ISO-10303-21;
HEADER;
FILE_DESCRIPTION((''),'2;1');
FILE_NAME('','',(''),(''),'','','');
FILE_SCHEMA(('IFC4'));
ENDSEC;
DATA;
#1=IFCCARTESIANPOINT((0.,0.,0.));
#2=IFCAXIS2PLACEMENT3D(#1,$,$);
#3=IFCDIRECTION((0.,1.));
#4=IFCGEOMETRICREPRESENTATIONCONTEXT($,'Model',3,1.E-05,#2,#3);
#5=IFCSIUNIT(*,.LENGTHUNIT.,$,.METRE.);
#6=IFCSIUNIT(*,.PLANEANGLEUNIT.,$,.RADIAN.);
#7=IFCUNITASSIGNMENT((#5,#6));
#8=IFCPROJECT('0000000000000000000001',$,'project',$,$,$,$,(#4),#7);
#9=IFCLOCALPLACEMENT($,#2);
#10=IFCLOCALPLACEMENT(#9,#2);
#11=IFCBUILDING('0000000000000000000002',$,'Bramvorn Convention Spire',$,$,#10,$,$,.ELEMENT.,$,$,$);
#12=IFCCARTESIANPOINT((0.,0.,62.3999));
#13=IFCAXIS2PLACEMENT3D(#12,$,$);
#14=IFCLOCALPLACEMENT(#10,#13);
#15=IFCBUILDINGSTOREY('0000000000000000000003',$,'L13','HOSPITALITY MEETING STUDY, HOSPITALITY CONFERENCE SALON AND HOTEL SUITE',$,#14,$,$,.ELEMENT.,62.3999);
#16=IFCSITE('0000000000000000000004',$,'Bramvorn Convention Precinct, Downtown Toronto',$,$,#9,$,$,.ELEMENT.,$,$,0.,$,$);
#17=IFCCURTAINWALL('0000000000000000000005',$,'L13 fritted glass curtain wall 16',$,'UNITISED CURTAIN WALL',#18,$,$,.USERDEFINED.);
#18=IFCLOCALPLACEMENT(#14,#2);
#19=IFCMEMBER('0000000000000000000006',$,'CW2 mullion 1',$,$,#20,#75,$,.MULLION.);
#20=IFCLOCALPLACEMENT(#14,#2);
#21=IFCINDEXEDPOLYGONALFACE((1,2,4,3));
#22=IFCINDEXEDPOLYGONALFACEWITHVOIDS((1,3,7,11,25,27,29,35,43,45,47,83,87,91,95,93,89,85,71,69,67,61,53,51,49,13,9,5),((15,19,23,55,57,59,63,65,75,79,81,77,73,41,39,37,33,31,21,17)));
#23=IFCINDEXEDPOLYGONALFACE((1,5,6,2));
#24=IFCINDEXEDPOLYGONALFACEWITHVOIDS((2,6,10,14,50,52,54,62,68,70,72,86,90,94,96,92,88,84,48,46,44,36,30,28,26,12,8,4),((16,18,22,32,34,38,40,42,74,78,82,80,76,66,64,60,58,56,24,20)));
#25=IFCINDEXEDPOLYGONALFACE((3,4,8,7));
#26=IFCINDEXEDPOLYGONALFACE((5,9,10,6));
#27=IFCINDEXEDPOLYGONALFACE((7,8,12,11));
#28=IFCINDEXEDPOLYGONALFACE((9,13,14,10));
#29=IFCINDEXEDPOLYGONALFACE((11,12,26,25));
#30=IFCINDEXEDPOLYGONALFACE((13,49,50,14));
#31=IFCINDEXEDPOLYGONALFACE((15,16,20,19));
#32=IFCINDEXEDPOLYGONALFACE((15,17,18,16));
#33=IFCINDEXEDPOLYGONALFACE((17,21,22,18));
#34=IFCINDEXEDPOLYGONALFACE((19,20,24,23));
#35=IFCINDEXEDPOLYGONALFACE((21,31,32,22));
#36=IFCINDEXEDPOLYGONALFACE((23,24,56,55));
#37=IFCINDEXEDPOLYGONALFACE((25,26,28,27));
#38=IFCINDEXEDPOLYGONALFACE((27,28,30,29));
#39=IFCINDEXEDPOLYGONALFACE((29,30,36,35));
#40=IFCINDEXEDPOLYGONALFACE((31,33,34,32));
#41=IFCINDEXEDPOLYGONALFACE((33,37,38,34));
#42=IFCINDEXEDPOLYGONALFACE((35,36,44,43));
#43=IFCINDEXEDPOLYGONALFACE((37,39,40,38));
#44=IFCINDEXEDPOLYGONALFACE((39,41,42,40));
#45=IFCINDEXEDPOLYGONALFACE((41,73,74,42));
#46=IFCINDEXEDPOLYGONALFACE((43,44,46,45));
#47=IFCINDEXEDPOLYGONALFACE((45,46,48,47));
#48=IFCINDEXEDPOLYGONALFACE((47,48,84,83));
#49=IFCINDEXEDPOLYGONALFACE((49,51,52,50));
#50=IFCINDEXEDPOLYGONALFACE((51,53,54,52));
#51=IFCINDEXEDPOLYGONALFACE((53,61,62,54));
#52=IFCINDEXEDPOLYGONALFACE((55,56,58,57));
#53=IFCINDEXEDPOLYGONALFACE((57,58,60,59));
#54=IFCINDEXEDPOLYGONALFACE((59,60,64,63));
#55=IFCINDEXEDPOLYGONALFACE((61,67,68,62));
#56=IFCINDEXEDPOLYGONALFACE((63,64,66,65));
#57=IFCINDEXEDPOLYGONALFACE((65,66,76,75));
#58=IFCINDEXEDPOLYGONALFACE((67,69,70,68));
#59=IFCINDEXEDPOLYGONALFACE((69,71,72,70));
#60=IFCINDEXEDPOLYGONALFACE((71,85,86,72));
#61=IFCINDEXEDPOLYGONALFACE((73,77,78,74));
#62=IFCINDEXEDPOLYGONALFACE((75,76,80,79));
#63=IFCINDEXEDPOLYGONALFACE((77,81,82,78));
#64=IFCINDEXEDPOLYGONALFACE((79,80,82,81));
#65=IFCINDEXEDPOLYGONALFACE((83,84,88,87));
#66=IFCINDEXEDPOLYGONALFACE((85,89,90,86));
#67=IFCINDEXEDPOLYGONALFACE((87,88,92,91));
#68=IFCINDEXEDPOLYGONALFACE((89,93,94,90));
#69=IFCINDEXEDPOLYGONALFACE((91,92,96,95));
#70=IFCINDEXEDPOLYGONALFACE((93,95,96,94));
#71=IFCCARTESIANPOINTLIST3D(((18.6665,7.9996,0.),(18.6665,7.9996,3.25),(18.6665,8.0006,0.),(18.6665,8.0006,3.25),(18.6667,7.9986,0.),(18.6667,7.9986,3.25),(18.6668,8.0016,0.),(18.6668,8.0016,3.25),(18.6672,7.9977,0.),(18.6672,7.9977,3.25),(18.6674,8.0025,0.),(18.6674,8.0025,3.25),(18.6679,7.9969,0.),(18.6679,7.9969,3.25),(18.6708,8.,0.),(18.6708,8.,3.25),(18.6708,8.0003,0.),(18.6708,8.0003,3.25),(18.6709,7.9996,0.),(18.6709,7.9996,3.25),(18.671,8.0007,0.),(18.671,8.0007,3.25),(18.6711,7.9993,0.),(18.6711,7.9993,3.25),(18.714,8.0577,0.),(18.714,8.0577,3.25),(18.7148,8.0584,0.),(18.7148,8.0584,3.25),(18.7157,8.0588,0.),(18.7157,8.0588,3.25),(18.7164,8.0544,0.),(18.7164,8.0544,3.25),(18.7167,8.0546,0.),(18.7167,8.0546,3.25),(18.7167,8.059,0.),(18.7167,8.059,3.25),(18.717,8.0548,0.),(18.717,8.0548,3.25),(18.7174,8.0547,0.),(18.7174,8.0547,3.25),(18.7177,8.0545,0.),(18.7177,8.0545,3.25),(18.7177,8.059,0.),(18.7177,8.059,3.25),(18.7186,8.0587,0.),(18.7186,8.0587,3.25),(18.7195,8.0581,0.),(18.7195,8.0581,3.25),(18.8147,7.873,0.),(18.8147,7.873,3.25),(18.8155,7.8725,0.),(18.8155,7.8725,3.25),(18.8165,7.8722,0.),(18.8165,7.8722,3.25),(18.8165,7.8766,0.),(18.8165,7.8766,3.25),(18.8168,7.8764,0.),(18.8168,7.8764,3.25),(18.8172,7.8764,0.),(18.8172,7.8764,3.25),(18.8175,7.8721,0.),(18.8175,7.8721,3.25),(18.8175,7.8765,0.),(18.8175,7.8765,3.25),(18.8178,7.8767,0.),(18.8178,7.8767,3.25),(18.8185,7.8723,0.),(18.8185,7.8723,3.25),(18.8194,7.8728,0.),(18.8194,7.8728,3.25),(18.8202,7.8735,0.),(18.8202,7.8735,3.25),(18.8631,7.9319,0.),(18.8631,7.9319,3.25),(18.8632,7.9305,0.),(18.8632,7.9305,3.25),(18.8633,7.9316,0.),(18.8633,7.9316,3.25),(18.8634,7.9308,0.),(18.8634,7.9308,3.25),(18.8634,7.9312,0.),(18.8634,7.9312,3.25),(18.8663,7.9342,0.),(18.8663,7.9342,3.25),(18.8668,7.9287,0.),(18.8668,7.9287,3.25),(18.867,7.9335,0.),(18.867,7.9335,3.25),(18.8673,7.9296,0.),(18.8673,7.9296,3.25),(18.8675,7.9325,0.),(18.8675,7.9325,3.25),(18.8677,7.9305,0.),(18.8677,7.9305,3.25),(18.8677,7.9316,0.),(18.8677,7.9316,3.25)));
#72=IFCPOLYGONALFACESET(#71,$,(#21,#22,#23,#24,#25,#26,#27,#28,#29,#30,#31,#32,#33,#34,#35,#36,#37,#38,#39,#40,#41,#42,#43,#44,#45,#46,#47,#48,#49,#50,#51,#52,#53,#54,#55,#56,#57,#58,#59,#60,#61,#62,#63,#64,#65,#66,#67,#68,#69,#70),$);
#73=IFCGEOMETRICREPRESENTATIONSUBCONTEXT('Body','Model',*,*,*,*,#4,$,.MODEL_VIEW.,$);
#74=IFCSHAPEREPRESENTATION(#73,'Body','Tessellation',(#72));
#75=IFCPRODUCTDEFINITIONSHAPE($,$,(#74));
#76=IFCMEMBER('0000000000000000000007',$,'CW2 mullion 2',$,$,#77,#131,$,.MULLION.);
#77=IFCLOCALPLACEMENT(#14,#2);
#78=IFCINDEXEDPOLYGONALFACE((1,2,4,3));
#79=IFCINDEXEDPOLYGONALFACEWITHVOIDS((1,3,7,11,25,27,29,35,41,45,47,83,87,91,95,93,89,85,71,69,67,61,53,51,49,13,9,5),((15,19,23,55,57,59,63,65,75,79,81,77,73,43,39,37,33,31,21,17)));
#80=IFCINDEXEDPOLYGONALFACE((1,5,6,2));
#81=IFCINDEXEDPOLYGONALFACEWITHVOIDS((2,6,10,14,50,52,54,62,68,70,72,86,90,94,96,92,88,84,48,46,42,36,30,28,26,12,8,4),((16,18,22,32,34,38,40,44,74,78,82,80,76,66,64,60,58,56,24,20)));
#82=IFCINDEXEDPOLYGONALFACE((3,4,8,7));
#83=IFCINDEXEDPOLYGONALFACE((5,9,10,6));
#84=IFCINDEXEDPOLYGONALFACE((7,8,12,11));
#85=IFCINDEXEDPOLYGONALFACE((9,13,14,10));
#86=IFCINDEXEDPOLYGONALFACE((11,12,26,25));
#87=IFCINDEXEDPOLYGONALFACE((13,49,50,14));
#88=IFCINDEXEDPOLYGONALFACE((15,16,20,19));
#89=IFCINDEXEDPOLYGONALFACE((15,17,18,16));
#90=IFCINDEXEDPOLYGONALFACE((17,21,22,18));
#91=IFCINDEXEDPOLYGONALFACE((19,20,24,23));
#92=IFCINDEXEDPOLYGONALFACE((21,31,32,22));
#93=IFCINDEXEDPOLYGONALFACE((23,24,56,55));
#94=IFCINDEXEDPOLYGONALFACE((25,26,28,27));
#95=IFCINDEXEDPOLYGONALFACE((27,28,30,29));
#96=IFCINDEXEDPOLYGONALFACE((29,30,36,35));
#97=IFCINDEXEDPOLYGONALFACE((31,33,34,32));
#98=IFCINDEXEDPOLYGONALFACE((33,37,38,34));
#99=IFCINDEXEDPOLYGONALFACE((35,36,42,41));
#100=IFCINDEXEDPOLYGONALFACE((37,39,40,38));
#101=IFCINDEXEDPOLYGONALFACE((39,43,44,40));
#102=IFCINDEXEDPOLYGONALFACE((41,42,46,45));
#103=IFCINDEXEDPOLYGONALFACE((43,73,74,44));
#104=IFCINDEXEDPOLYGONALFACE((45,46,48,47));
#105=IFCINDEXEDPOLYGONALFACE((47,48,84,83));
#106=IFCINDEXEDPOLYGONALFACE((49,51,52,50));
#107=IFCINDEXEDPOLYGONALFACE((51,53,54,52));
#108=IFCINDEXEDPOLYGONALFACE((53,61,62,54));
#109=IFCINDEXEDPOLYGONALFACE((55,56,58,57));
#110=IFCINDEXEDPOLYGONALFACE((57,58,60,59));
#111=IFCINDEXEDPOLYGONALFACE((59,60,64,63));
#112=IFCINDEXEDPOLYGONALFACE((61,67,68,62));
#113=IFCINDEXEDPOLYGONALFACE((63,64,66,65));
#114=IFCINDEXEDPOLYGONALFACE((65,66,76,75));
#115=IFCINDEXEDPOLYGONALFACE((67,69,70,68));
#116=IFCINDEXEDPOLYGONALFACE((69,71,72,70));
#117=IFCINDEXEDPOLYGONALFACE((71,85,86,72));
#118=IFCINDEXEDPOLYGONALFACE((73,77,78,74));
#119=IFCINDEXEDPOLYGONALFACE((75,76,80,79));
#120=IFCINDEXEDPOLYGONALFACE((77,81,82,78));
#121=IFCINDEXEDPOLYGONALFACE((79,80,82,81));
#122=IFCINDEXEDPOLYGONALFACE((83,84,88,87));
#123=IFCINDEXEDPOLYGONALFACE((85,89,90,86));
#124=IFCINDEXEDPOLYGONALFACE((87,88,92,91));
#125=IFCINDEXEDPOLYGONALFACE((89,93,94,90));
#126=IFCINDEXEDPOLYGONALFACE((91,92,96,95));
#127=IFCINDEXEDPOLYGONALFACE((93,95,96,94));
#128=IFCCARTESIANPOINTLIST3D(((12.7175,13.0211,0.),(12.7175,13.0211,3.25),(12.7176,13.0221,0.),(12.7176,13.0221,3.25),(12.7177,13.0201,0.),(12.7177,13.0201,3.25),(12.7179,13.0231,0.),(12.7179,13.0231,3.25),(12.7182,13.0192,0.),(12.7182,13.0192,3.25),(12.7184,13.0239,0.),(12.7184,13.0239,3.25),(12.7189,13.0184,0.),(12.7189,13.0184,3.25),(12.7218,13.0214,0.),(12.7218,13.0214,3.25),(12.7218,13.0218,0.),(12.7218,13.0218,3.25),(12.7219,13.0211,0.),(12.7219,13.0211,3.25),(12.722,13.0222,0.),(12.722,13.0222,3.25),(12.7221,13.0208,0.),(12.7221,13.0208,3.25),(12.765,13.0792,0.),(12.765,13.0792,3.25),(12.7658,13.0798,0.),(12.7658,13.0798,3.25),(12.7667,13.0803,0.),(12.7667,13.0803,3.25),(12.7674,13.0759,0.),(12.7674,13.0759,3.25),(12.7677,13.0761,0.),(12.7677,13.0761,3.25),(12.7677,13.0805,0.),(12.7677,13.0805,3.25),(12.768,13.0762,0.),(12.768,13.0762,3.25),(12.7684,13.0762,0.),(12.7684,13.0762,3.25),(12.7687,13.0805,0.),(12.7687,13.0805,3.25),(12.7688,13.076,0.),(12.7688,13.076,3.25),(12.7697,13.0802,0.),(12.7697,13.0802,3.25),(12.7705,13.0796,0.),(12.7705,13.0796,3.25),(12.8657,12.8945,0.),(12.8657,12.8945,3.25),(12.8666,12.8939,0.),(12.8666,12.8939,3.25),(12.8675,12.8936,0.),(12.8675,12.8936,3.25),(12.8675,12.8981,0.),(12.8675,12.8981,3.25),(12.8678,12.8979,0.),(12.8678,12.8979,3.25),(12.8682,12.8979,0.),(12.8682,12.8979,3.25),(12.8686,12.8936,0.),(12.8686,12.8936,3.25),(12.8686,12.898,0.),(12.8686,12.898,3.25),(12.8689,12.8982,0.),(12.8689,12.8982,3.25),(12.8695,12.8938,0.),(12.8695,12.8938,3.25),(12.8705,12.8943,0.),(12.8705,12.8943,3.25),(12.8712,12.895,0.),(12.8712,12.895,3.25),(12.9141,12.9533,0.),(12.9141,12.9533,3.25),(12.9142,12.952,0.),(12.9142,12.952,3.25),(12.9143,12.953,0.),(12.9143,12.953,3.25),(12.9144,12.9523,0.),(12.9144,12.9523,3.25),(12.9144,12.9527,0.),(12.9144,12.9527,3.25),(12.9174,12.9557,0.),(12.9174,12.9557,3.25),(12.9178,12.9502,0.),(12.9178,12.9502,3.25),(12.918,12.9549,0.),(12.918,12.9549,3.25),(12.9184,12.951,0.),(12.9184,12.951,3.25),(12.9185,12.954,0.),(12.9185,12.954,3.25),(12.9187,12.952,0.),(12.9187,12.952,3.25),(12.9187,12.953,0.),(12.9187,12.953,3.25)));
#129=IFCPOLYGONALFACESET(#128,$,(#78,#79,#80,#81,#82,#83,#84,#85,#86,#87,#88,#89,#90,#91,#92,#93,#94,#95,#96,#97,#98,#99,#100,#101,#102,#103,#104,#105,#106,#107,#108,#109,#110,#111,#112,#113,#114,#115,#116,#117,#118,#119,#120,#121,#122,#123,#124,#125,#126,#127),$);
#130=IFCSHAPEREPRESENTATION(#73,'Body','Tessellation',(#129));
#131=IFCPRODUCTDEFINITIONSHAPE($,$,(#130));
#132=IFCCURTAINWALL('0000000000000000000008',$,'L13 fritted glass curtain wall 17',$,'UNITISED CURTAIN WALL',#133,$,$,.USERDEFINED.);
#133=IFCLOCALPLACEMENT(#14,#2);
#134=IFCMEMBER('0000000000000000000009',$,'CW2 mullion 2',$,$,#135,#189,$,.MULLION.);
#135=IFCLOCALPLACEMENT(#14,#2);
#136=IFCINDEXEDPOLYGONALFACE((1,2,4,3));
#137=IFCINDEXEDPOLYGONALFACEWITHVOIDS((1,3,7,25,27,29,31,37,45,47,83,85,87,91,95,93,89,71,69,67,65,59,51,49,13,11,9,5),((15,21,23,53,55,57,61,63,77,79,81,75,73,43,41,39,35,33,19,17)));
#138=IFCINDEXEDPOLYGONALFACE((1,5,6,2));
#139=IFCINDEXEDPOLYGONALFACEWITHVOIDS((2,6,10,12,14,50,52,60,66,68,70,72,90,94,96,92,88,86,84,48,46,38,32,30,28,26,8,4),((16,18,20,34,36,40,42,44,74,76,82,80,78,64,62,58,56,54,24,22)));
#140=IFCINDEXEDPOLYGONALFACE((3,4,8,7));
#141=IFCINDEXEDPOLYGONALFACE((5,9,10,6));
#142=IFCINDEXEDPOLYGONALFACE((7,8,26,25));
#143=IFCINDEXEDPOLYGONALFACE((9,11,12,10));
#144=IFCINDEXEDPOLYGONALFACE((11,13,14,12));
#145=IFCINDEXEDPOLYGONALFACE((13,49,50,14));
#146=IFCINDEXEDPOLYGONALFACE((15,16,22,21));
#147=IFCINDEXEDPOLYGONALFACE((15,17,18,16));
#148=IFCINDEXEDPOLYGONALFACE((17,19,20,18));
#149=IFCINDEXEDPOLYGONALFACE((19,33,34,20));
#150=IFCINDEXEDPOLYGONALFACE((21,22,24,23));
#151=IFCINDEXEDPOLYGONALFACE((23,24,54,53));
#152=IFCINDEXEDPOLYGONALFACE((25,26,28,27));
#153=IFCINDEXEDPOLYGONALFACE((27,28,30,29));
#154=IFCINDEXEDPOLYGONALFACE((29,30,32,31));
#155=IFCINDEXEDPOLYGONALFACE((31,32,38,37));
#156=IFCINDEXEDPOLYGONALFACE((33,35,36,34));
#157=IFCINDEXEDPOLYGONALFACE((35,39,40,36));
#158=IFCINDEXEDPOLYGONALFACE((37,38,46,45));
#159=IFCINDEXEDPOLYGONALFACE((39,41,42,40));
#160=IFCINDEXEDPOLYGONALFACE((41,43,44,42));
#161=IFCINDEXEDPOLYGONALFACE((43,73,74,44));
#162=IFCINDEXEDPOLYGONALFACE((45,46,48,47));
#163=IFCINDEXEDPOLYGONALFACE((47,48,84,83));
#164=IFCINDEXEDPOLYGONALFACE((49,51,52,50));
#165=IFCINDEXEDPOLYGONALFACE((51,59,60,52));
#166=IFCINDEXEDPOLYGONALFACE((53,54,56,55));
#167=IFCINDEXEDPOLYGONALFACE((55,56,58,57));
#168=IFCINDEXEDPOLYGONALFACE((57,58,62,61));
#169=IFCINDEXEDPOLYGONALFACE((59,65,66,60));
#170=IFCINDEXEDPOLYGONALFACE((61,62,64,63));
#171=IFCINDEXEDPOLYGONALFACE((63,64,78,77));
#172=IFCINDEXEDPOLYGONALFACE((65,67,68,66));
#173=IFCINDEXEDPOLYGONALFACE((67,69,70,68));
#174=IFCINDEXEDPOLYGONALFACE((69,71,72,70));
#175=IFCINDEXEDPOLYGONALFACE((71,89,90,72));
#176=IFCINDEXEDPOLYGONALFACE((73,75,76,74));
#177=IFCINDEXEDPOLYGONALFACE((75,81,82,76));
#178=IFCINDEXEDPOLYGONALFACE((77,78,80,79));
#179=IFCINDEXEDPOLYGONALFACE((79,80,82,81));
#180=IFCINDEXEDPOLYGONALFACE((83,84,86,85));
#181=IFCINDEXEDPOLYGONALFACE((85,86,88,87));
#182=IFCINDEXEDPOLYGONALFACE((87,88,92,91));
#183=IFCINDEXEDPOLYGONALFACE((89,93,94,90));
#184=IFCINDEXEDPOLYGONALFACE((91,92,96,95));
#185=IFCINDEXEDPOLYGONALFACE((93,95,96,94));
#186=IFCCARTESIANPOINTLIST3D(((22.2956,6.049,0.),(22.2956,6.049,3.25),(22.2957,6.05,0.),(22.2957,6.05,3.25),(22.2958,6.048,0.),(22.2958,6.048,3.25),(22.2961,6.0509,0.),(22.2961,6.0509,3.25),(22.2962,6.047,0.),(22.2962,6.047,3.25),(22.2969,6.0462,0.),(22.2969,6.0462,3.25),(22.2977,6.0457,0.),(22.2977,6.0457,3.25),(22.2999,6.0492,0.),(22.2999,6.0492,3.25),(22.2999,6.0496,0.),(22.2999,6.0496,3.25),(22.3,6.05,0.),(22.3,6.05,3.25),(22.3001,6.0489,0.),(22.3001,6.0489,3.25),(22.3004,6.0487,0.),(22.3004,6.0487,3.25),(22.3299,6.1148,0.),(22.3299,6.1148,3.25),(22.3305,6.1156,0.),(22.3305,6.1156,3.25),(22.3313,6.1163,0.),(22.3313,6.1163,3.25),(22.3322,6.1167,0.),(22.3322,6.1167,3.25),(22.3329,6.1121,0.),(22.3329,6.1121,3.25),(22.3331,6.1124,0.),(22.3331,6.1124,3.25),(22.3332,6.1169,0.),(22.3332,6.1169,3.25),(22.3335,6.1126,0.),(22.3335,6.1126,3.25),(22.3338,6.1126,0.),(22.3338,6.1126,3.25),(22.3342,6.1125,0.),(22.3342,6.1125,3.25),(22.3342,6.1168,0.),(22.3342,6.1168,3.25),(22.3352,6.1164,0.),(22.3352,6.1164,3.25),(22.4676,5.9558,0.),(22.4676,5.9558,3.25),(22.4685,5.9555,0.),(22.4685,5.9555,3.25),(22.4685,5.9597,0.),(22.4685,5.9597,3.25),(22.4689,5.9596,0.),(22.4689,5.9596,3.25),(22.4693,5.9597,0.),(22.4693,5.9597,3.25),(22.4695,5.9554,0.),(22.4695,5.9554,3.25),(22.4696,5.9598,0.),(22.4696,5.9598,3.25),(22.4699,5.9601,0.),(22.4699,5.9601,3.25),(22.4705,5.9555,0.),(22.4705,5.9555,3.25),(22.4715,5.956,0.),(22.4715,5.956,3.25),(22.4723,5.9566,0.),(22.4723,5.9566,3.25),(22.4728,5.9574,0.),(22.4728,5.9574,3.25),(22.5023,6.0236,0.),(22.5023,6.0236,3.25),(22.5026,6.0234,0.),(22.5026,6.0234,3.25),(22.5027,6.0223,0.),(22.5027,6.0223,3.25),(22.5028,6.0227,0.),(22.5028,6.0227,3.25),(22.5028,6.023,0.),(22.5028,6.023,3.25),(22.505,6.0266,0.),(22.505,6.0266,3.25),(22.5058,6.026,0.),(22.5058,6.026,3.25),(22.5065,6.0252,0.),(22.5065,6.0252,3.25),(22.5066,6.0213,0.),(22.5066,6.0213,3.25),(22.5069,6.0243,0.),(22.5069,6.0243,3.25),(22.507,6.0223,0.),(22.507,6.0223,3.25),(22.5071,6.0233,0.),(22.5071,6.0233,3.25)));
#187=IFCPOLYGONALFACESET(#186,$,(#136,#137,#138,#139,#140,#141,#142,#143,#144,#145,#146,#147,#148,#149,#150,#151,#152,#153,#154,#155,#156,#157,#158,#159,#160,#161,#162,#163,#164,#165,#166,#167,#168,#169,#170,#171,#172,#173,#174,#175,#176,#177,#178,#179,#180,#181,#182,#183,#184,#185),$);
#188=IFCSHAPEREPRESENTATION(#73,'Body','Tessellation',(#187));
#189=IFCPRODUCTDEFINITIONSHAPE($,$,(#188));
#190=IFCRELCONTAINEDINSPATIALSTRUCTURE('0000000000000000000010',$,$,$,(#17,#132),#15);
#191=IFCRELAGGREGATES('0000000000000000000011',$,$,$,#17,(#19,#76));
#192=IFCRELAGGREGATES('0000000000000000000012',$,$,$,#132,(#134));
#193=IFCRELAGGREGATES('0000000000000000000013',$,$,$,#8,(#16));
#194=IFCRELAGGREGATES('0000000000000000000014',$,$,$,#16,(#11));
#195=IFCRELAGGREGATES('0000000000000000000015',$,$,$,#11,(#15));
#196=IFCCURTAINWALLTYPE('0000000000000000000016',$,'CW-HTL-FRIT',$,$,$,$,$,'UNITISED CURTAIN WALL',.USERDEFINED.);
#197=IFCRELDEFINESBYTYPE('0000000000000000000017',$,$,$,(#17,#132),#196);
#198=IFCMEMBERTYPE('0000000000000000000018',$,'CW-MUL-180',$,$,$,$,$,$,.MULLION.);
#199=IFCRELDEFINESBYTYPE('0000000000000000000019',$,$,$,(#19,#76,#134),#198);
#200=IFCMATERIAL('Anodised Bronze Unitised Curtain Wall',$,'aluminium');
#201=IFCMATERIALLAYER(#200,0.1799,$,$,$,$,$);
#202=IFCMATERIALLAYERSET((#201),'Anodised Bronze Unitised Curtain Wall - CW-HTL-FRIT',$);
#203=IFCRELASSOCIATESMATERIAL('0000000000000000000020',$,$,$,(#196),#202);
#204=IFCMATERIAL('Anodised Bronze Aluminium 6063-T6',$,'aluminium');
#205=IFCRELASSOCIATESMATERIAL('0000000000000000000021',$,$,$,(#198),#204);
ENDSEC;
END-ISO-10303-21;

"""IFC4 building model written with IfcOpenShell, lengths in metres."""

from ifc_helpers import new_model, si_unit, direction, frame, origin, origin_2d, place, context, subcontext, project, spatial, hollow_rectangle, extrude, material, layer, layer_set, material_profile, profile_set, type_object, element, aggregate, save


model = new_model("IFC4")

# Units and contexts
model_context = context("Model", 3, precision=1e-05, world=origin(), true_north=direction((0.0, 1.0)))
body_context = subcontext(model_context, "Body", "Model", "MODEL_VIEW")
ifc_project = project(units=[si_unit("LENGTHUNIT", "METRE"), si_unit("PLANEANGLEUNIT", "RADIAN")], contexts=[model_context])

# Site, building, storey
site_placement = place(None, origin())
site = spatial("IfcSite", under=ifc_project, at=site_placement, Name="Bramvorn Convention Precinct, Downtown Toronto", CompositionType="ELEMENT", RefElevation=0.0)
building_placement = place(site_placement, origin())
building = spatial("IfcBuilding", under=site, at=building_placement, Name="Bramvorn Convention Spire", CompositionType="ELEMENT")
storey_placement = place(building_placement, frame((0.0, 0.0, 62.3999)))
storey = spatial("IfcBuildingStorey", under=building, at=storey_placement, Name="L13", Description="HOSPITALITY MEETING STUDY, HOSPITALITY CONFERENCE SALON AND HOTEL SUITE", CompositionType="ELEMENT", Elevation=62.3999)

# Curtain walls, members
ifc_material_1 = material(Name="Anodised Bronze Unitised Curtain Wall", Category="aluminium")
ifc_layer_1 = layer(ifc_material_1, 0.1799)
ifc_layer_set_1 = layer_set([ifc_layer_1], Name="Anodised Bronze Unitised Curtain Wall - CW-HTL-FRIT")
curtain_wall_type = type_object("IfcCurtainWallType", Name="CW-HTL-FRIT", ElementType="UNITISED CURTAIN WALL", PredefinedType="USERDEFINED", material=ifc_layer_set_1)
curtain_wall_1_placement = place(storey_placement, origin())
curtain_wall_1 = element("IfcCurtainWall", 1, at=curtain_wall_1_placement, inside=storey, type_object=curtain_wall_type, Name="L13 fritted glass curtain wall 16", ObjectType="UNITISED CURTAIN WALL", PredefinedType="USERDEFINED")
ifc_material_2 = material(Name="Anodised Bronze Aluminium 6063-T6", Category="aluminium")
ifc_material_profile_1 = material_profile(ifc_material_2, hollow_rectangle(XDim=0.0801, YDim=0.2, WallThickness=0.0039, InnerFilletRadius=0.001, OuterFilletRadius=0.0039, at=origin_2d()))
ifc_profile_set_1 = profile_set([ifc_material_profile_1], Name="Anodised Bronze Aluminium 6063-T6 - CWM80X200")
member_type_1 = type_object("IfcMemberType", Name="CW-MUL-180", PredefinedType="MULLION", material=ifc_profile_set_1)
member_1_placement = place(storey_placement, frame((18.7671, 7.9656, 0.0), z_axis=(0.0, 0.0, 1.0), x_axis=(-0.645019, -0.764167, 0.0)))
member_1 = element("IfcMember", 2, at=member_1_placement, type_object=member_type_1, Name="CW2 mullion 1", PredefinedType="MULLION", context=body_context, shape_type="SweptSolid", body=[
    extrude(hollow_rectangle(XDim=0.0801, YDim=0.2, WallThickness=0.0039, InnerFilletRadius=0.001, OuterFilletRadius=0.0039, at=origin_2d()), origin(), (0.0, 0.0, 1.0), 3.25),
])
member_2_placement = place(storey_placement, frame((12.8181, 12.9871, 0.0), z_axis=(0.0, 0.0, 1.0), x_axis=(-0.645019, -0.764167, 0.0)))
member_2 = element("IfcMember", 3, at=member_2_placement, type_object=member_type_1, Name="CW2 mullion 2", PredefinedType="MULLION", context=body_context, shape_type="SweptSolid", body=[
    extrude(hollow_rectangle(XDim=0.0801, YDim=0.2, WallThickness=0.0039, InnerFilletRadius=0.001, OuterFilletRadius=0.0039, at=origin_2d()), origin(), (0.0, 0.0, 1.0), 3.25),
])
curtain_wall_2_placement = place(storey_placement, origin())
curtain_wall_2 = element("IfcCurtainWall", 4, at=curtain_wall_2_placement, inside=storey, type_object=curtain_wall_type, Name="L13 fritted glass curtain wall 17", ObjectType="UNITISED CURTAIN WALL", PredefinedType="USERDEFINED")
member_3_placement = place(storey_placement, frame((22.4014, 6.0361, 0.0), z_axis=(0.0, 0.0, 1.0), x_axis=(-0.46756, -0.883961, 0.0)))
member_3 = element("IfcMember", 5, at=member_3_placement, type_object=member_type_1, Name="CW2 mullion 2", PredefinedType="MULLION", context=body_context, shape_type="SweptSolid", body=[
    extrude(hollow_rectangle(XDim=0.0801, YDim=0.2, WallThickness=0.0039, InnerFilletRadius=0.001, OuterFilletRadius=0.0039, at=origin_2d()), origin(), (0.0, 0.0, 1.0), 3.25),
])

aggregate(curtain_wall_1, [member_1, member_2])
aggregate(curtain_wall_2, [member_3])

save(model, "model.ifc")
